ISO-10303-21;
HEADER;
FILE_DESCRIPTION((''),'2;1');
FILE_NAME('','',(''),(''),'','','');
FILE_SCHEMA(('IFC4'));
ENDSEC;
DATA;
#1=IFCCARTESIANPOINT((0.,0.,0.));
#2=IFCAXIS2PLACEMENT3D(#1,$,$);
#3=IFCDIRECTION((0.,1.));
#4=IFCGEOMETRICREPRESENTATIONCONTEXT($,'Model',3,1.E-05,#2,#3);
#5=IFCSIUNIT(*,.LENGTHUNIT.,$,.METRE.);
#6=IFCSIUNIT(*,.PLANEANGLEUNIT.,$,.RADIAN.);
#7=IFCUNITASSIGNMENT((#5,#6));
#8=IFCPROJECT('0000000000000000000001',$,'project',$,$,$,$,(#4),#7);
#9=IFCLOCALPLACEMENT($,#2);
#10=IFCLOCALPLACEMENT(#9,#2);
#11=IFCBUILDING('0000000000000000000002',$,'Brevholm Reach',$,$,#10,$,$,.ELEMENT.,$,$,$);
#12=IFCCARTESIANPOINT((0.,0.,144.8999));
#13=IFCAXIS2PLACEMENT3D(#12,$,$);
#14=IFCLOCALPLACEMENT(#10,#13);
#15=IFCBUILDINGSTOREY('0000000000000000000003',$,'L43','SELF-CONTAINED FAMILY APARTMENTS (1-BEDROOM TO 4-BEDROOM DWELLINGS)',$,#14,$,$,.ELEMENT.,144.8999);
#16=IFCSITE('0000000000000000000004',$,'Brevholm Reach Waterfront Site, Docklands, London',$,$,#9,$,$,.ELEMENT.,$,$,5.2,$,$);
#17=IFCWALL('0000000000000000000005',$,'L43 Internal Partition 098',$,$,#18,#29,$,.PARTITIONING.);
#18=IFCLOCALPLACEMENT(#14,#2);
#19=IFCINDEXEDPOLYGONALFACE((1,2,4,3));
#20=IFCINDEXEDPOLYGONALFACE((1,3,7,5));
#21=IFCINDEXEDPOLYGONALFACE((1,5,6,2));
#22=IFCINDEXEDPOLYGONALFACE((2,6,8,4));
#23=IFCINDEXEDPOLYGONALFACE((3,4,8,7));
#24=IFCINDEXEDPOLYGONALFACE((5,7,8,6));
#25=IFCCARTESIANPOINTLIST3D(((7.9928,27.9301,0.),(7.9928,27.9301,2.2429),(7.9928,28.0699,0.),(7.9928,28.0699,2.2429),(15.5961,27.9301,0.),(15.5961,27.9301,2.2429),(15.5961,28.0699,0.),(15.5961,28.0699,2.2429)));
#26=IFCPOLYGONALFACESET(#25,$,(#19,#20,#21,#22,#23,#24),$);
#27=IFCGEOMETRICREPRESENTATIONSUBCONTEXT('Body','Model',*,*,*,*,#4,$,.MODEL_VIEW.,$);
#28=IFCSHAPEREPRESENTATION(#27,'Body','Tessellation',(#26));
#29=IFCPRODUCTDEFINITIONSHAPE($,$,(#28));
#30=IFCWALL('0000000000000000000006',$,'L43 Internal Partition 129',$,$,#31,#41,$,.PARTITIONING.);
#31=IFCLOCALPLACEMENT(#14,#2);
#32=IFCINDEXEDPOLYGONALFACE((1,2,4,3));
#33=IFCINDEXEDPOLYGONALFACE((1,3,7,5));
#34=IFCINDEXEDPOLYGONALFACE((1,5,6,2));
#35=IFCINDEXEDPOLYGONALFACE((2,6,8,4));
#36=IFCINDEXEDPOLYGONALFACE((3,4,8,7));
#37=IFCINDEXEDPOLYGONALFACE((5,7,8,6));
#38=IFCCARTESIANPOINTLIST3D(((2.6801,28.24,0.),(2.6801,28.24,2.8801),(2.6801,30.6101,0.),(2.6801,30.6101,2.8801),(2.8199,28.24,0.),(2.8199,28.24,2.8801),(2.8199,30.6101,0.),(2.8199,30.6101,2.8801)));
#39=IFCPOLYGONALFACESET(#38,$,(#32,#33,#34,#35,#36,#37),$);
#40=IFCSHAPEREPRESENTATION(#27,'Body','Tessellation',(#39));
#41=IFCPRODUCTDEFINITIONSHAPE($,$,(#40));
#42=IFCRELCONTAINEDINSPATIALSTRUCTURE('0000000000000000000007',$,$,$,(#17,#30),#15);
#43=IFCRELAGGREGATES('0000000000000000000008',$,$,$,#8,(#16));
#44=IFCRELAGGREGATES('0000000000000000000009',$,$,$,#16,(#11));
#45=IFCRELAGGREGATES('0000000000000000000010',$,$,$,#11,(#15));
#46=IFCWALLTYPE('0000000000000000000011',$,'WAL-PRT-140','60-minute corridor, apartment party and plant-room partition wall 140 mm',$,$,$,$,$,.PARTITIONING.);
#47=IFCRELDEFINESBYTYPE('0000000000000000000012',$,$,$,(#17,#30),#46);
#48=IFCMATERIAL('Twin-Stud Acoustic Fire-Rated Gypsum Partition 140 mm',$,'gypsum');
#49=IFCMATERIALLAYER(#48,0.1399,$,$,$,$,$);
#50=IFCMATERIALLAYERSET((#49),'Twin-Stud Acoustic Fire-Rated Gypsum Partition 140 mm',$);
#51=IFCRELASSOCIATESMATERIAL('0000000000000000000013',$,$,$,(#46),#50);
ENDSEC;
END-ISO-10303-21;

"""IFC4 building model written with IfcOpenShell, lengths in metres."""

from ifc_helpers import new_model, si_unit, direction, frame, frame_2d, origin, place, context, subcontext, project, spatial, rectangle, extrude, material, layer, layer_set, type_object, element, save


model = new_model("IFC4")

# Units and contexts
model_context = context("Model", 3, precision=1e-05, world=origin(), true_north=direction((0.0, 1.0)))
body_context = subcontext(model_context, "Body", "Model", "MODEL_VIEW")
ifc_project = project(units=[si_unit("LENGTHUNIT", "METRE"), si_unit("PLANEANGLEUNIT", "RADIAN")], contexts=[model_context])

# Site, building, storey
site_placement = place(None, origin())
site = spatial("IfcSite", under=ifc_project, at=site_placement, Name="Brevholm Reach Waterfront Site, Docklands, London", CompositionType="ELEMENT", RefElevation=5.2)
building_placement = place(site_placement, origin())
building = spatial("IfcBuilding", under=site, at=building_placement, Name="Brevholm Reach", CompositionType="ELEMENT")
storey_placement = place(building_placement, frame((0.0, 0.0, 144.8999)))
storey = spatial("IfcBuildingStorey", under=building, at=storey_placement, Name="L43", Description="SELF-CONTAINED FAMILY APARTMENTS (1-BEDROOM TO 4-BEDROOM DWELLINGS)", CompositionType="ELEMENT", Elevation=144.8999)

# Walls
ifc_material_1 = material(Name="Twin-Stud Acoustic Fire-Rated Gypsum Partition 140 mm", Category="gypsum")
ifc_layer_1 = layer(ifc_material_1, 0.1399)
ifc_layer_set_1 = layer_set([ifc_layer_1], Name="Twin-Stud Acoustic Fire-Rated Gypsum Partition 140 mm")
wall_type_1 = type_object("IfcWallType", Name="WAL-PRT-140", Description="60-minute corridor, apartment party and plant-room partition wall 140 mm", PredefinedType="PARTITIONING", material=ifc_layer_set_1)
wall_1_placement = place(storey_placement, frame((7.9927, 28.0, 0.0), z_axis=(0.0, 0.0, 1.0), x_axis=(1.0, 0.0, 0.0)))
element("IfcWall", 1, at=wall_1_placement, inside=storey, type_object=wall_type_1, Name="L43 Internal Partition 098", PredefinedType="PARTITIONING", context=body_context, shape_type="SweptSolid", body=[
    extrude(rectangle(XDim=7.6033, YDim=0.1399, at=frame_2d((3.8018, 0.0))), origin(), (0.0, 0.0, 1.0), 2.2429),
])
wall_2_placement = place(storey_placement, frame((2.75, 28.24, 0.0), z_axis=(0.0, 0.0, 1.0), x_axis=(0.0, 1.0, 0.0)))
element("IfcWall", 2, at=wall_2_placement, inside=storey, type_object=wall_type_1, Name="L43 Internal Partition 129", PredefinedType="PARTITIONING", context=body_context, shape_type="SweptSolid", body=[
    extrude(rectangle(XDim=2.3701, YDim=0.1399, at=frame_2d((1.1851, 0.0))), origin(), (0.0, 0.0, 1.0), 2.8801),
])

save(model, "model.ifc")
